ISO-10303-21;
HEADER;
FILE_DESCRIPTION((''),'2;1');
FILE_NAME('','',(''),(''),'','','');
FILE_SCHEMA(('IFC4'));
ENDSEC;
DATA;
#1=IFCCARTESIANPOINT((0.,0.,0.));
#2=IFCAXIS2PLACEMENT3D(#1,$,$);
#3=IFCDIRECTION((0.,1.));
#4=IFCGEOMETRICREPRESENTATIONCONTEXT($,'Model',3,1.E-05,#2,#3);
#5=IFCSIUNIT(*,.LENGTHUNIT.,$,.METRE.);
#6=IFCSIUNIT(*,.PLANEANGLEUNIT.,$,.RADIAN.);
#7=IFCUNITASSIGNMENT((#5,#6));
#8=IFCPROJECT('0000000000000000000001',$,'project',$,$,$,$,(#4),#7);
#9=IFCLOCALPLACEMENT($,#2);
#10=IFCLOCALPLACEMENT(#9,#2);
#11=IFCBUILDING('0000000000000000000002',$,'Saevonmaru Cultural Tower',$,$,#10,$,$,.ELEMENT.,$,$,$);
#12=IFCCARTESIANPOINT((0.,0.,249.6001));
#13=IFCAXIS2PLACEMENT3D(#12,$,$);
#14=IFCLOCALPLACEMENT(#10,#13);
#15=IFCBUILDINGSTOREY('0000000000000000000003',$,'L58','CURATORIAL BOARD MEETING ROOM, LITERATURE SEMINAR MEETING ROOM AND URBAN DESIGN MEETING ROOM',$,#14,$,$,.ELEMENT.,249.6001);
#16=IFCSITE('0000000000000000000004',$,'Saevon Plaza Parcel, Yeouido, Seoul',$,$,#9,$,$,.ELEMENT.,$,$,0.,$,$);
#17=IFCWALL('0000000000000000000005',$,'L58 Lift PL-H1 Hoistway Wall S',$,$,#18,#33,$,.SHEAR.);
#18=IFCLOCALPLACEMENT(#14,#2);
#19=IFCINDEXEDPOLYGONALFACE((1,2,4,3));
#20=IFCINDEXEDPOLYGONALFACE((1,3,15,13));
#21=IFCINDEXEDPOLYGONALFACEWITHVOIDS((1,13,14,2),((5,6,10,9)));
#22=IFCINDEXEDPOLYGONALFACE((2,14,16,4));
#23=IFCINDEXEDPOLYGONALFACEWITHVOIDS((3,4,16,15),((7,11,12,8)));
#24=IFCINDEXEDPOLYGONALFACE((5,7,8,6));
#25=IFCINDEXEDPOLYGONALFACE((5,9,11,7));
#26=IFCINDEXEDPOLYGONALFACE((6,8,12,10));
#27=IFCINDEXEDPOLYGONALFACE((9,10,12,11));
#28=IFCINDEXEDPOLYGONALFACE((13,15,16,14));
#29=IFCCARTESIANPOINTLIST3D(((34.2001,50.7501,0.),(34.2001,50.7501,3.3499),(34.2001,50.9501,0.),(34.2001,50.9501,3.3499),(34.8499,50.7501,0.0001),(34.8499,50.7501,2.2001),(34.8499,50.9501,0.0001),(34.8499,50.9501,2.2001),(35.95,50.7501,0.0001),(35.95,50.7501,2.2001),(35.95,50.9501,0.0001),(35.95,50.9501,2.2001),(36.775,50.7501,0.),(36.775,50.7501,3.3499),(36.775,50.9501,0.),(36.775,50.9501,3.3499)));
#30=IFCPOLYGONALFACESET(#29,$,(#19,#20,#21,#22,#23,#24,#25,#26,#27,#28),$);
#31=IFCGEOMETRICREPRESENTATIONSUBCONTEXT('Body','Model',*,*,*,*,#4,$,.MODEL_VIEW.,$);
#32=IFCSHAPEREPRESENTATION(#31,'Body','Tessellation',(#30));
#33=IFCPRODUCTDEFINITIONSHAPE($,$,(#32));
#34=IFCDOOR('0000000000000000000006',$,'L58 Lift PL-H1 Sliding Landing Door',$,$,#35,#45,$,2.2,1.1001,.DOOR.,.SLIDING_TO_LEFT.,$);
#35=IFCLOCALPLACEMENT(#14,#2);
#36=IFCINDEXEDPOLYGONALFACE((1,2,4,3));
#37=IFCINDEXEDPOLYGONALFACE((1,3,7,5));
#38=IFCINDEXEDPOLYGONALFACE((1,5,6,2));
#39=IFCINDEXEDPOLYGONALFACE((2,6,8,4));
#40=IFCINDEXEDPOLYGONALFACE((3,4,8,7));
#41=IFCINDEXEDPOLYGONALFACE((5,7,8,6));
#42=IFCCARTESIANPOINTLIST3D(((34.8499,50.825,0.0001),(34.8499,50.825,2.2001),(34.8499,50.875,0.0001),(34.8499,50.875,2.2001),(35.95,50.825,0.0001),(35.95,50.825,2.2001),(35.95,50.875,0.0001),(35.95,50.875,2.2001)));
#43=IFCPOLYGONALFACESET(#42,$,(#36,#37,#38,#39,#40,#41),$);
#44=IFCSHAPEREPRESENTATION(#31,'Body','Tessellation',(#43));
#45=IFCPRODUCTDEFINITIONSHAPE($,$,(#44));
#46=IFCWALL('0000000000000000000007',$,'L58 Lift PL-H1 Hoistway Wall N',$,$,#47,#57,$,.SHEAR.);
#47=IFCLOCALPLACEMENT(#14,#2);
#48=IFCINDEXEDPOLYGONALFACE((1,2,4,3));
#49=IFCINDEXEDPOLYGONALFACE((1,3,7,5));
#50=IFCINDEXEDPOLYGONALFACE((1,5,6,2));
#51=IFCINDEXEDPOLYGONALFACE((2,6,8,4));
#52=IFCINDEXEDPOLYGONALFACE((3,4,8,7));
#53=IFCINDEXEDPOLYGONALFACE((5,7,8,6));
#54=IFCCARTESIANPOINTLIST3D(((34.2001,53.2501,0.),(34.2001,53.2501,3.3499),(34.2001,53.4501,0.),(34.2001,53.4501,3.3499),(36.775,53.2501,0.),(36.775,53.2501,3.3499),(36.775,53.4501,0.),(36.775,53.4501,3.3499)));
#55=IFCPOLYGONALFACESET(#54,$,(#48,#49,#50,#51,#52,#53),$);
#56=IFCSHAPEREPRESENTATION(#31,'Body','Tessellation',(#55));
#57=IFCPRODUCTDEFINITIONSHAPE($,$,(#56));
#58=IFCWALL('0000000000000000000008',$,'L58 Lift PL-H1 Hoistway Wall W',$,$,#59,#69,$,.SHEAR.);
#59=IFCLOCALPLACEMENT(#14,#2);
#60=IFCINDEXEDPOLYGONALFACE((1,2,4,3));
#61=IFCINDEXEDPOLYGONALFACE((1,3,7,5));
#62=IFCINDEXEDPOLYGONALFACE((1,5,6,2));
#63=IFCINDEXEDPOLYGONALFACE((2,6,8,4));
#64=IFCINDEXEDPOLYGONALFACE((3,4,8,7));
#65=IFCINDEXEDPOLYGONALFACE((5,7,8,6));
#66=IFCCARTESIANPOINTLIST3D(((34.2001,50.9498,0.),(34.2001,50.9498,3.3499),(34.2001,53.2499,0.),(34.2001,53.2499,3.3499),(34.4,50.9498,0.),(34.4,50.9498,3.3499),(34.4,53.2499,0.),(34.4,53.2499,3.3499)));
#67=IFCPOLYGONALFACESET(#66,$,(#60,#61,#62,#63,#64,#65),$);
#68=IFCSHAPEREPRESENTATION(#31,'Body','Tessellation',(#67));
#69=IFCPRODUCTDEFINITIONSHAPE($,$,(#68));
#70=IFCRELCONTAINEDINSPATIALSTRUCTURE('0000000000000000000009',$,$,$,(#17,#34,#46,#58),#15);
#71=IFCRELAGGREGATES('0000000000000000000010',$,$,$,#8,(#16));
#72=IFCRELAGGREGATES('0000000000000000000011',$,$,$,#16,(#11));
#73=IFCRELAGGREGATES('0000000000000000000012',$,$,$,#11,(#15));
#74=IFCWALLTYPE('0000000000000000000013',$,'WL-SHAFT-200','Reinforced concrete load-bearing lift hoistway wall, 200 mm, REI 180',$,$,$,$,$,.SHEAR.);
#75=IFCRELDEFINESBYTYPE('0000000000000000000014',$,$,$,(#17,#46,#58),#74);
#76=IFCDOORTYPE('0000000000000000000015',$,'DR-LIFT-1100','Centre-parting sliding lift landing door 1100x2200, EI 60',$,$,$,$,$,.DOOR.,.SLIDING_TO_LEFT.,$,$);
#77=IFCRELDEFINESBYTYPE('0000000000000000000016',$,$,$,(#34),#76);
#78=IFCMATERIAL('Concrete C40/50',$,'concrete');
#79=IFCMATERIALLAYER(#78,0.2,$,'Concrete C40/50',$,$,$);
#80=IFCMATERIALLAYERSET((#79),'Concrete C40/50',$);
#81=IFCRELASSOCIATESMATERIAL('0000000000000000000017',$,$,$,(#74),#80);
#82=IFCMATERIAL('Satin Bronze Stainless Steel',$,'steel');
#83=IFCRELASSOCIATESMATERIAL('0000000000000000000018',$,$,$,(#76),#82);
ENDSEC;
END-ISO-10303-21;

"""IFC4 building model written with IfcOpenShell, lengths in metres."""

from ifc_helpers import new_model, si_unit, direction, frame, frame_2d, origin, place, context, subcontext, project, spatial, rectangle, extrude, material, layer, layer_set, type_object, element, fill, save


model = new_model("IFC4")

# Units and contexts
model_context = context("Model", 3, precision=1e-05, world=origin(), true_north=direction((0.0, 1.0)))
body_context = subcontext(model_context, "Body", "Model", "MODEL_VIEW")
ifc_project = project(units=[si_unit("LENGTHUNIT", "METRE"), si_unit("PLANEANGLEUNIT", "RADIAN")], contexts=[model_context])

# Site, building, storey
site_placement = place(None, origin())
site = spatial("IfcSite", under=ifc_project, at=site_placement, Name="Saevon Plaza Parcel, Yeouido, Seoul", CompositionType="ELEMENT", RefElevation=0.0)
building_placement = place(site_placement, origin())
building = spatial("IfcBuilding", under=site, at=building_placement, Name="Saevonmaru Cultural Tower", CompositionType="ELEMENT")
storey_placement = place(building_placement, frame((0.0, 0.0, 249.6001)))
storey = spatial("IfcBuildingStorey", under=building, at=storey_placement, Name="L58", Description="CURATORIAL BOARD MEETING ROOM, LITERATURE SEMINAR MEETING ROOM AND URBAN DESIGN MEETING ROOM", CompositionType="ELEMENT", Elevation=249.6001)

# Shared definitions
ifc_material_1 = material(Name="Concrete C40/50", Category="concrete")
ifc_layer_1 = layer(ifc_material_1, 0.2, Name="Concrete C40/50")
ifc_layer_set_1 = layer_set([ifc_layer_1], Name="Concrete C40/50")
wall_type_1 = type_object("IfcWallType", Name="WL-SHAFT-200", Description="Reinforced concrete load-bearing lift hoistway wall, 200 mm, REI 180", PredefinedType="SHEAR", material=ifc_layer_set_1)

# Wall, opening, door
wall_1_placement = place(storey_placement, frame((34.2, 50.8501, 0.0), z_axis=(0.0, 0.0, 1.0), x_axis=(1.0, 0.0, 0.0)))
wall_1 = element("IfcWall", 1, at=wall_1_placement, inside=storey, type_object=wall_type_1, Name="L58 Lift PL-H1 Hoistway Wall S", PredefinedType="SHEAR", context=body_context, shape_type="SweptSolid", body=[
    extrude(rectangle(XDim=2.575, YDim=0.2, at=frame_2d((1.2876, 0.0))), origin(), (0.0, 0.0, 1.0), 3.3499),
])
opening_1_placement = place(wall_1_placement, frame((0.6499, 0.0, 0.0)))
opening_1 = element("IfcOpeningElement", 2, at=opening_1_placement, cuts=wall_1, PredefinedType="OPENING", context=body_context, shape_type="SweptSolid", body=[
    extrude(rectangle(XDim=1.1001, YDim=2.2, at=frame_2d((0.55, 1.1001))), frame((0.0, 0.1099, 0.0), z_axis=(0.0, -1.0, 0.0), x_axis=(1.0, 0.0, 0.0)), (0.0, 0.0, 1.0), 0.22),
])
ifc_material_2 = material(Name="Satin Bronze Stainless Steel", Category="steel")
door_type_1 = type_object("IfcDoorType", Name="DR-LIFT-1100", Description="Centre-parting sliding lift landing door 1100x2200, EI 60", OperationType="SLIDING_TO_LEFT", PredefinedType="DOOR", material=ifc_material_2)
door_1_placement = place(opening_1_placement, origin())
door_1 = element("IfcDoor", 3, at=door_1_placement, inside=storey, type_object=door_type_1, Name="L58 Lift PL-H1 Sliding Landing Door", OperationType="SLIDING_TO_LEFT", OverallHeight=2.2, OverallWidth=1.1001, PredefinedType="DOOR", context=body_context, shape_type="SweptSolid", body=[
    extrude(rectangle(XDim=1.1001, YDim=2.2, at=frame_2d((0.55, 1.1001))), frame((0.0, 0.0249, 0.0), z_axis=(0.0, -1.0, 0.0), x_axis=(1.0, 0.0, 0.0)), (0.0, 0.0, 1.0), 0.05),
])
fill(opening_1, door_1)

# Walls
wall_2_placement = place(storey_placement, frame((34.2, 53.3501, 0.0), z_axis=(0.0, 0.0, 1.0), x_axis=(1.0, 0.0, 0.0)))
element("IfcWall", 4, at=wall_2_placement, inside=storey, type_object=wall_type_1, Name="L58 Lift PL-H1 Hoistway Wall N", PredefinedType="SHEAR", context=body_context, shape_type="SweptSolid", body=[
    extrude(rectangle(XDim=2.575, YDim=0.2, at=frame_2d((1.2876, 0.0))), origin(), (0.0, 0.0, 1.0), 3.3499),
])
wall_3_placement = place(storey_placement, frame((34.3, 50.95, 0.0), z_axis=(0.0, 0.0, 1.0), x_axis=(0.0, 1.0, 0.0)))
element("IfcWall", 5, at=wall_3_placement, inside=storey, type_object=wall_type_1, Name="L58 Lift PL-H1 Hoistway Wall W", PredefinedType="SHEAR", context=body_context, shape_type="SweptSolid", body=[
    extrude(rectangle(XDim=2.3, YDim=0.2, at=frame_2d((1.1499, 0.0))), origin(), (0.0, 0.0, 1.0), 3.3499),
])

save(model, "model.ifc")
